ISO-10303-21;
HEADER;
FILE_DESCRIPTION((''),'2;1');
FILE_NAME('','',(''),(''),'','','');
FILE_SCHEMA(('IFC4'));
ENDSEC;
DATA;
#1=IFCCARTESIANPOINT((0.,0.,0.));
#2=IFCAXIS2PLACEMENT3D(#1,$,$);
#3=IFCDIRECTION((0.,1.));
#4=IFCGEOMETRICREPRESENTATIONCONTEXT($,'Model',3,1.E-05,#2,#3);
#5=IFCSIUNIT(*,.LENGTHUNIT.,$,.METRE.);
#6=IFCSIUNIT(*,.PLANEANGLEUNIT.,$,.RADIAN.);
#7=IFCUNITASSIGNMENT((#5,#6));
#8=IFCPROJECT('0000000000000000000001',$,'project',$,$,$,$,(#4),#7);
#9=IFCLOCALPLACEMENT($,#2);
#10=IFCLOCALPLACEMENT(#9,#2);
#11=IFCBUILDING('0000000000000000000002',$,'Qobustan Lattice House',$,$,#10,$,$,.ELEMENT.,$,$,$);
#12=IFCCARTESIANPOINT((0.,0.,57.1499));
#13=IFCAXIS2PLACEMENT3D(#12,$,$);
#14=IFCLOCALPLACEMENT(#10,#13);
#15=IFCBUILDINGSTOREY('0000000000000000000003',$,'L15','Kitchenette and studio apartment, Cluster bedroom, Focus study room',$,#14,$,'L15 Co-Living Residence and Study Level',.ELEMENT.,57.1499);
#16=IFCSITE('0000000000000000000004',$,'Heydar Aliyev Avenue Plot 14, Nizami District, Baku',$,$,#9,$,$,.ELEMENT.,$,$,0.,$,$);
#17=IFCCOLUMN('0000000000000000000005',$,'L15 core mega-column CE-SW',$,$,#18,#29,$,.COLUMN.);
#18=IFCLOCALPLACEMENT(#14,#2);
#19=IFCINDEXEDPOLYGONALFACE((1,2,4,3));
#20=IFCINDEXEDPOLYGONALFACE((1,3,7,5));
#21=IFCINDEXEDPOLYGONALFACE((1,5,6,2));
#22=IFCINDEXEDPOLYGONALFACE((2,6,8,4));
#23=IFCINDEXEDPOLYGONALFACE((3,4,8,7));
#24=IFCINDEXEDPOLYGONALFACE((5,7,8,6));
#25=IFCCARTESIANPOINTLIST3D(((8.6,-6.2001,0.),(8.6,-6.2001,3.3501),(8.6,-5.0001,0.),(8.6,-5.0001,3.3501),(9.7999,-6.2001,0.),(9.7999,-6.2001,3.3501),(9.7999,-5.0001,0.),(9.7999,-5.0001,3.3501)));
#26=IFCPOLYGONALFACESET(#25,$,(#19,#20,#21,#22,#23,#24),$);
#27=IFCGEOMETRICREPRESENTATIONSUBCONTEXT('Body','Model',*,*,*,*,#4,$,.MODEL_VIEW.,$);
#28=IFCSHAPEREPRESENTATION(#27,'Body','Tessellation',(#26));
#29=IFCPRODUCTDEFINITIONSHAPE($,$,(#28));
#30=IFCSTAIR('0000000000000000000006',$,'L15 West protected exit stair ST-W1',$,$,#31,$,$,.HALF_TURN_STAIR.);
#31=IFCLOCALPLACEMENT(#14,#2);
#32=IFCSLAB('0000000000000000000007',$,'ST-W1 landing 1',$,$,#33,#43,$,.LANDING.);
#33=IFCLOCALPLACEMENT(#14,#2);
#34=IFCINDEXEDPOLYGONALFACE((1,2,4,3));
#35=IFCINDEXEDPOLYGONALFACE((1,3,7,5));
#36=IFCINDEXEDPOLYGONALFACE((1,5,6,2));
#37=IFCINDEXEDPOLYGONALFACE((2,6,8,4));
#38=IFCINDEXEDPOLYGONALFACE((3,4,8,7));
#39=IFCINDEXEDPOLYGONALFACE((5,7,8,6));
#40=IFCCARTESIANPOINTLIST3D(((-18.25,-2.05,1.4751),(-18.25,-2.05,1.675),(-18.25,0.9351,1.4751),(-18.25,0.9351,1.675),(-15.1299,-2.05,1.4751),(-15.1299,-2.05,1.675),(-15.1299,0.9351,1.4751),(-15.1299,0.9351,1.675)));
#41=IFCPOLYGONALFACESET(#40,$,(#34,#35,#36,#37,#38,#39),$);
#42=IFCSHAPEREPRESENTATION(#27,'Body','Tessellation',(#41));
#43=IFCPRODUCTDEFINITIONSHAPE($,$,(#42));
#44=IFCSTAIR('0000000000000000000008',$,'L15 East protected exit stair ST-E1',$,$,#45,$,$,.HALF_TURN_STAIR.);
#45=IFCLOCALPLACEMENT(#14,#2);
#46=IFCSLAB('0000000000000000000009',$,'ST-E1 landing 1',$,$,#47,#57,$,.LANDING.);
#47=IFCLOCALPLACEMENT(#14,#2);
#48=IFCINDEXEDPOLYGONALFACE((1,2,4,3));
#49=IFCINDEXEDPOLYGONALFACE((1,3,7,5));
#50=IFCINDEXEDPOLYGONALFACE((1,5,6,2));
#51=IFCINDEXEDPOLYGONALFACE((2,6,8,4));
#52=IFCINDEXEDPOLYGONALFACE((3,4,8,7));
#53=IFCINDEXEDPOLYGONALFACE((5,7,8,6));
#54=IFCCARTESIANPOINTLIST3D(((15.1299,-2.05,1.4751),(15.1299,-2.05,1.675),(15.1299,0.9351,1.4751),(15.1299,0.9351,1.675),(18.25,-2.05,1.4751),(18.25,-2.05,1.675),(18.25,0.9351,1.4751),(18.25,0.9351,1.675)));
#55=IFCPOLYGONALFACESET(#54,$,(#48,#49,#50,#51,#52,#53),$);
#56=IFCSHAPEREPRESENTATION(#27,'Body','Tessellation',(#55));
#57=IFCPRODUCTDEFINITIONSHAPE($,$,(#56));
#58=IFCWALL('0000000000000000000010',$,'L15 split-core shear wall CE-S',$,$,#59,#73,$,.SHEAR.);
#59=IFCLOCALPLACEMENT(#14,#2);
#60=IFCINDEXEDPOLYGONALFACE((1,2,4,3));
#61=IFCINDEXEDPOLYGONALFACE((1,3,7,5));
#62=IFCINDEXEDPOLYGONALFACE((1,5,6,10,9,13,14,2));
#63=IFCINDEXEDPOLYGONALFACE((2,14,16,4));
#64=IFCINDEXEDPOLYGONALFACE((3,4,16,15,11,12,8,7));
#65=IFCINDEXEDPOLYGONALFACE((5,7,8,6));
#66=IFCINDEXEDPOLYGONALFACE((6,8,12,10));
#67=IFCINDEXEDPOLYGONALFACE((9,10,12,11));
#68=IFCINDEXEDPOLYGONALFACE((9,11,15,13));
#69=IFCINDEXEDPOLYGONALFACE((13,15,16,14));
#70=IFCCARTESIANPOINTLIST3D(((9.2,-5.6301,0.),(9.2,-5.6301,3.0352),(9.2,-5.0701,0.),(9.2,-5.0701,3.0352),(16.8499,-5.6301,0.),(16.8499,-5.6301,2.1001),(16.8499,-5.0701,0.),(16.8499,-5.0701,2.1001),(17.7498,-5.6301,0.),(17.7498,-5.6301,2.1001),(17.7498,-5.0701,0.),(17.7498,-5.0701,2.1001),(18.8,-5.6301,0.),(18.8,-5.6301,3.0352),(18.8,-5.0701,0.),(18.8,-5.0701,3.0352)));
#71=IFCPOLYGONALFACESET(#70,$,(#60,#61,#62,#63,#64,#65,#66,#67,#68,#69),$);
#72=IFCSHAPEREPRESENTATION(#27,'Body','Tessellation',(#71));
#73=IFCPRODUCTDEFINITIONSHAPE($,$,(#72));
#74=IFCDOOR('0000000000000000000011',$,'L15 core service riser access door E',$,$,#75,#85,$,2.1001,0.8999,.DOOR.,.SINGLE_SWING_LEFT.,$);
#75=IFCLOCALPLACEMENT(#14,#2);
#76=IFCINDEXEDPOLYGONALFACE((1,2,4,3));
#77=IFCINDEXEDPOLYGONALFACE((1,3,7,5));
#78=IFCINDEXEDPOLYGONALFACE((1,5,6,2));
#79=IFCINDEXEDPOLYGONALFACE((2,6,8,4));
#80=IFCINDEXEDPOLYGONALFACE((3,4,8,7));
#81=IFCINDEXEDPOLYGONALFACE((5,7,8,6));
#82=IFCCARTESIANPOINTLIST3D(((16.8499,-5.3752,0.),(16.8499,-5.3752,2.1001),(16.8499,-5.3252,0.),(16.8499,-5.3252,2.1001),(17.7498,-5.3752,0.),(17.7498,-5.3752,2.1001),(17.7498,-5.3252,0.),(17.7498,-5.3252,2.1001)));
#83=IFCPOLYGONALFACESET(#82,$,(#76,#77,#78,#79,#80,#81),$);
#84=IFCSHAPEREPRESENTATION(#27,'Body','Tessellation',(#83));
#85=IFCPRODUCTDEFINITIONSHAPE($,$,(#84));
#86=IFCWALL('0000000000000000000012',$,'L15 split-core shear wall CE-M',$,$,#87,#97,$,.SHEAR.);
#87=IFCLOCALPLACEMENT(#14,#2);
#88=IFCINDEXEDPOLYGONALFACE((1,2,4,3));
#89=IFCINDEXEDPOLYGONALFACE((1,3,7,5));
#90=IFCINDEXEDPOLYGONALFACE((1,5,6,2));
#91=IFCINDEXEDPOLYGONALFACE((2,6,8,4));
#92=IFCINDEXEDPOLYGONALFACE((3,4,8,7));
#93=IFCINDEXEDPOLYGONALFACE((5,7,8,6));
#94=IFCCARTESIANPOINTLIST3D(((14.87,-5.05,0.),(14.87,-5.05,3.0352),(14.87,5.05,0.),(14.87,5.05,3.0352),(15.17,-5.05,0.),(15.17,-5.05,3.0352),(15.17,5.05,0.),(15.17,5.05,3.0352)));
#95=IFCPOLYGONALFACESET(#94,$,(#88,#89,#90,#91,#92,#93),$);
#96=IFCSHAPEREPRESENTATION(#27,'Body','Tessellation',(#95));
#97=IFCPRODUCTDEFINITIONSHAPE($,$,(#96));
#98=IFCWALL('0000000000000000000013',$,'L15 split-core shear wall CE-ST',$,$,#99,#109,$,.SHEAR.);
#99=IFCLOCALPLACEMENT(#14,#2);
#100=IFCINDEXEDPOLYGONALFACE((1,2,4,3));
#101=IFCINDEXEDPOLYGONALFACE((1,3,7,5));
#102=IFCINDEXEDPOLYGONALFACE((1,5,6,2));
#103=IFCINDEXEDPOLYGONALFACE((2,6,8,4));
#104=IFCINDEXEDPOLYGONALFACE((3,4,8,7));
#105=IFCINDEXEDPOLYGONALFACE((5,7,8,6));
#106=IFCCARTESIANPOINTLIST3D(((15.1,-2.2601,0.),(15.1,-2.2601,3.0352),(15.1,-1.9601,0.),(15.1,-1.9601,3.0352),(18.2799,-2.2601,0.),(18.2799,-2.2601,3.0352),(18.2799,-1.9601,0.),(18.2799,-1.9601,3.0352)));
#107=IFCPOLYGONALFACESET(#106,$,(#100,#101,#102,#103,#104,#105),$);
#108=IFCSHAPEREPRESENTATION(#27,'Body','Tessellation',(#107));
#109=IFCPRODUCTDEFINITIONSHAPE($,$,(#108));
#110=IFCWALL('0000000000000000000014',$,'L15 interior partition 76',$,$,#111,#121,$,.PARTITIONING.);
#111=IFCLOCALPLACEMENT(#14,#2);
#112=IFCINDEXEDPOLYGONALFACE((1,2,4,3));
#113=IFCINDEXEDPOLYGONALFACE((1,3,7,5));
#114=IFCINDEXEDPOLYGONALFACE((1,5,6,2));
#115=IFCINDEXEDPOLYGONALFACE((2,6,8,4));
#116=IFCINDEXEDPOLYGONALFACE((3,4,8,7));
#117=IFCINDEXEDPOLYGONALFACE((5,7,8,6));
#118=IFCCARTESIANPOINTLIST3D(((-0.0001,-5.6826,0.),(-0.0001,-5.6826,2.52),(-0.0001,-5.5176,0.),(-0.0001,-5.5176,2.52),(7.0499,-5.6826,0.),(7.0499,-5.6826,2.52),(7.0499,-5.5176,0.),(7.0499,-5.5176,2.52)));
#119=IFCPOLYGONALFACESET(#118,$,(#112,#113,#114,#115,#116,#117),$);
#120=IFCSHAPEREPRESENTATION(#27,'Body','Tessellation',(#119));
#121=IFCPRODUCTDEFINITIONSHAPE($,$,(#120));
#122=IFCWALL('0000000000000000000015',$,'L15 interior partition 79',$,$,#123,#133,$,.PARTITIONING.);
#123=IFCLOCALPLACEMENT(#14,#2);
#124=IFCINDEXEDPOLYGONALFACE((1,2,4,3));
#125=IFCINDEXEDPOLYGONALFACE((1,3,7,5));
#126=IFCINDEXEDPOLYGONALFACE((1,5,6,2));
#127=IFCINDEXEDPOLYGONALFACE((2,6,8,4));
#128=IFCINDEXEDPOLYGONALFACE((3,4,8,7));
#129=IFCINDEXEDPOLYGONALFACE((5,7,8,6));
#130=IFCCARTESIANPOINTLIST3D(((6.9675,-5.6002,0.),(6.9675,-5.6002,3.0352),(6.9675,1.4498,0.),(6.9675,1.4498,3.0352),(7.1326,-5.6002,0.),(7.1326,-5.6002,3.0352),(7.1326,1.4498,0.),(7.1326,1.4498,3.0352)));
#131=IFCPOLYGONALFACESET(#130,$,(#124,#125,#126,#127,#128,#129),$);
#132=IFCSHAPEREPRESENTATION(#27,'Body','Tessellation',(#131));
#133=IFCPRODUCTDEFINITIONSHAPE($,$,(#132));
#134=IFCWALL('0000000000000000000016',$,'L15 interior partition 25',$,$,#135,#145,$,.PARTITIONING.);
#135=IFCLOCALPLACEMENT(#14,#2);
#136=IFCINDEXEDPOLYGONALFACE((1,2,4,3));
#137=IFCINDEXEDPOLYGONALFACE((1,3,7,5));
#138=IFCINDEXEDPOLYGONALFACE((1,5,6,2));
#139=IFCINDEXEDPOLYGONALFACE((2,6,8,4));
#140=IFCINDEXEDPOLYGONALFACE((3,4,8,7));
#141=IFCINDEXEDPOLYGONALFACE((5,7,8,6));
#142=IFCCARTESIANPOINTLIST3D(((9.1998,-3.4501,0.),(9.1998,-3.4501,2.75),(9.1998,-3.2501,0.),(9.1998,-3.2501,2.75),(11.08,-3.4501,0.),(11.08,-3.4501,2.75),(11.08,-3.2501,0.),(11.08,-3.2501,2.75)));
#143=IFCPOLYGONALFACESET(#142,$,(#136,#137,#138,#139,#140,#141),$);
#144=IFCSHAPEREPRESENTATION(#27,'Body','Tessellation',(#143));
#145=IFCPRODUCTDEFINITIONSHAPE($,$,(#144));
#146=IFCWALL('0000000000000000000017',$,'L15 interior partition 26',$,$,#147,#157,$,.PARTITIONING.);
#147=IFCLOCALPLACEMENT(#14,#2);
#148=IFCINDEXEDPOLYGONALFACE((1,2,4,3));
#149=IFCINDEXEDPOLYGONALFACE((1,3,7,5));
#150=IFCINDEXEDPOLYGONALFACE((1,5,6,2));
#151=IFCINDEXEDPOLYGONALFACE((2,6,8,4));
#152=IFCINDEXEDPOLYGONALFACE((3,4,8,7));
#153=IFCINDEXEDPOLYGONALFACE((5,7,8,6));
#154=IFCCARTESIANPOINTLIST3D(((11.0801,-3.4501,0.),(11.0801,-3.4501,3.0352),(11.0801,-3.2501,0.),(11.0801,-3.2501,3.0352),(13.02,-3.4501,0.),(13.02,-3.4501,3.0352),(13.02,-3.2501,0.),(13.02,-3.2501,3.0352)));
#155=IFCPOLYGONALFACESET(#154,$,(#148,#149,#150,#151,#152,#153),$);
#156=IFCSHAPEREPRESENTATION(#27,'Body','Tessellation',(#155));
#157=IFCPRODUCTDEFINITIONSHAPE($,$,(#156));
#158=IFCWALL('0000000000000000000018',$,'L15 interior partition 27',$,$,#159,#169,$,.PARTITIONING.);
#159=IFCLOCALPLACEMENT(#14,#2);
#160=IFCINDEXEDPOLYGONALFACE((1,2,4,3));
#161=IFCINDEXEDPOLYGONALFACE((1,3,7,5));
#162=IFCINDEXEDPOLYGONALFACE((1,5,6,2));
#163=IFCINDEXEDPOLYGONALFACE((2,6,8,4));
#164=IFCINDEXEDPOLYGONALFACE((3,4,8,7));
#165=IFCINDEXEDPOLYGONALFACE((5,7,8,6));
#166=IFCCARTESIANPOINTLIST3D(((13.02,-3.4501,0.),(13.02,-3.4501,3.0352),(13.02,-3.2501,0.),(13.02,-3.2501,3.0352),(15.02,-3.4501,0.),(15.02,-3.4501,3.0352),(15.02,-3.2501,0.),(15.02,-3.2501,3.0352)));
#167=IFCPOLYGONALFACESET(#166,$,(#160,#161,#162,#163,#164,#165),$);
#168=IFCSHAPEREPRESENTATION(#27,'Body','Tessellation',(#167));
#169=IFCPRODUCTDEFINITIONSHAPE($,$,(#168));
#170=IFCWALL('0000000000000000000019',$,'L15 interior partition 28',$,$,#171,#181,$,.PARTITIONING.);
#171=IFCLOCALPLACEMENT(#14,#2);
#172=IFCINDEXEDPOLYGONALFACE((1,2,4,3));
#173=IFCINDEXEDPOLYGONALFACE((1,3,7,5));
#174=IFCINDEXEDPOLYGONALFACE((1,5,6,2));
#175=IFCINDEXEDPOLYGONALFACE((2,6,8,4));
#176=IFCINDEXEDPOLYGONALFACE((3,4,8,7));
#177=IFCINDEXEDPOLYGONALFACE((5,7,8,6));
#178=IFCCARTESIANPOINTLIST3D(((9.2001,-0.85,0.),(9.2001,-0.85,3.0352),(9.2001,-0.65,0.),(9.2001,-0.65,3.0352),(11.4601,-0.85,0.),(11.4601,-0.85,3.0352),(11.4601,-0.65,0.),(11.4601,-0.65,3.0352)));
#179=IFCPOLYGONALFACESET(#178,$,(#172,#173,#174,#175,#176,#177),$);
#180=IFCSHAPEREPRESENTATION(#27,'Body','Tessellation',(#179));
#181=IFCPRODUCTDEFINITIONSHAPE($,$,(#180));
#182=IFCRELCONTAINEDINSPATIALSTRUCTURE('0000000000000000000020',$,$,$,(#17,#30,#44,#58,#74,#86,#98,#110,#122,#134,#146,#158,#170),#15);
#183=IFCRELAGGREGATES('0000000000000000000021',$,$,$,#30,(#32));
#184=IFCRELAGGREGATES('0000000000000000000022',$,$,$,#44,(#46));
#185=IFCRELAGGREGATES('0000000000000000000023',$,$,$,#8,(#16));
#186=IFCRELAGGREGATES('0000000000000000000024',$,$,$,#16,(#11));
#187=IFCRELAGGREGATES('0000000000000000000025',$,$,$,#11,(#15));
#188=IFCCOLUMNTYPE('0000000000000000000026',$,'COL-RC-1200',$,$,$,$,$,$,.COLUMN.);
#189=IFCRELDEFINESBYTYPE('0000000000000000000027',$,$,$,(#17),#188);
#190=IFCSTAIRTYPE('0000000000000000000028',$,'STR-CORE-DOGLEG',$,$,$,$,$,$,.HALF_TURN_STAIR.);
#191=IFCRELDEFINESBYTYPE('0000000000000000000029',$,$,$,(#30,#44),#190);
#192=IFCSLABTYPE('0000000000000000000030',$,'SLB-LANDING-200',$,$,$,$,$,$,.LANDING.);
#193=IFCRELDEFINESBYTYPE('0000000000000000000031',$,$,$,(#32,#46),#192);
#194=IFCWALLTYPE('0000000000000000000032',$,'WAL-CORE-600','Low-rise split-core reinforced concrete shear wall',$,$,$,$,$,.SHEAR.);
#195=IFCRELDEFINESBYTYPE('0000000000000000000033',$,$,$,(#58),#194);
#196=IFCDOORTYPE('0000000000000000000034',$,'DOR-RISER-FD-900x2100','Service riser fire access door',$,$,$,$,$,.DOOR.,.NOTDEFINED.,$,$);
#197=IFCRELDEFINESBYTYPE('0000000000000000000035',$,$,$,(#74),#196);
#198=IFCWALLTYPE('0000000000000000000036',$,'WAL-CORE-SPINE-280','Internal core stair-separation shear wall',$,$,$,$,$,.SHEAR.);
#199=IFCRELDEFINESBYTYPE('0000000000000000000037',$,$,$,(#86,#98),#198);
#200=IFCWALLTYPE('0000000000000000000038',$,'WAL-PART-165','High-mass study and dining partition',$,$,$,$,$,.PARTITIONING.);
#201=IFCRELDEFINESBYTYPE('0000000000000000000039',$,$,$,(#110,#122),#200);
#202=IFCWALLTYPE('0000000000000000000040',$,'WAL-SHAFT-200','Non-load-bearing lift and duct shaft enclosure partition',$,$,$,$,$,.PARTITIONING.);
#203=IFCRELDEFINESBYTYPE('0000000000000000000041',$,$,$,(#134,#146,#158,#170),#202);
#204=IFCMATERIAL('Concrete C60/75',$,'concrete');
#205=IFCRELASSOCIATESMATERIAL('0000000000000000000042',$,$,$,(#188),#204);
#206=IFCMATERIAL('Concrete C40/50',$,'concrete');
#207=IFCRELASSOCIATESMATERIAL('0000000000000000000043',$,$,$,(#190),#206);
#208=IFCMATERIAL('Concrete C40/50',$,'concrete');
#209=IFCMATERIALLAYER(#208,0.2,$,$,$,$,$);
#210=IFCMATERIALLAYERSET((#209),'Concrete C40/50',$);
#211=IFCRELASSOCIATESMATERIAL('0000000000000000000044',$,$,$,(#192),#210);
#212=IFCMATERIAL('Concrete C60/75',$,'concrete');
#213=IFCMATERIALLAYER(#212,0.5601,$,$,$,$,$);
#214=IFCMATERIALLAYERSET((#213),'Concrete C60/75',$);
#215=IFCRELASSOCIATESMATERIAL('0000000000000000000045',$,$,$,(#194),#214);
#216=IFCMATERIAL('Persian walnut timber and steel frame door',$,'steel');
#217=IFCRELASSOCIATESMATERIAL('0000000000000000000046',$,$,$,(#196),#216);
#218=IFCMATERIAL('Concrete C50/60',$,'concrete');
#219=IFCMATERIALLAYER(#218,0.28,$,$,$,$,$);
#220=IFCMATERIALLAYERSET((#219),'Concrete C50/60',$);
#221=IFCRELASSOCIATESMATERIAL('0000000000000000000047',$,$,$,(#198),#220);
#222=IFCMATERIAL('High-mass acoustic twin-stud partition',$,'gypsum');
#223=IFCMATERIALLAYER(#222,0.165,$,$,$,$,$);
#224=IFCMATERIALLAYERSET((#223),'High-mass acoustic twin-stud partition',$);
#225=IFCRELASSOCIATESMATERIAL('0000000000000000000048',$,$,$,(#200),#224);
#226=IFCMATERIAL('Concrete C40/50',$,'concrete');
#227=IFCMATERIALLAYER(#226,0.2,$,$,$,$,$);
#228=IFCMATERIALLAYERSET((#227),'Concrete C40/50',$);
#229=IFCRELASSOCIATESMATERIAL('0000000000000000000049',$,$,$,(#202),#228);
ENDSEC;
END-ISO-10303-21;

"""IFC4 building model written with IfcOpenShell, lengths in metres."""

from ifc_helpers import new_model, si_unit, direction, frame, frame_2d, origin, origin_2d, place, context, subcontext, project, spatial, polyline, rectangle, outline, extrude, material, layer, layer_set, material_profile, profile_set, type_object, element, fill, aggregate, save


model = new_model("IFC4")

# Units and contexts
model_context = context("Model", 3, precision=1e-05, world=origin(), true_north=direction((0.0, 1.0)))
body_context = subcontext(model_context, "Body", "Model", "MODEL_VIEW")
ifc_project = project(units=[si_unit("LENGTHUNIT", "METRE"), si_unit("PLANEANGLEUNIT", "RADIAN")], contexts=[model_context])

# Site, building, storey
site_placement = place(None, origin())
site = spatial("IfcSite", under=ifc_project, at=site_placement, Name="Heydar Aliyev Avenue Plot 14, Nizami District, Baku", CompositionType="ELEMENT", RefElevation=0.0)
building_placement = place(site_placement, origin())
building = spatial("IfcBuilding", under=site, at=building_placement, Name="Qobustan Lattice House", CompositionType="ELEMENT")
storey_placement = place(building_placement, frame((0.0, 0.0, 57.1499)))
storey = spatial("IfcBuildingStorey", under=building, at=storey_placement, Name="L15", Description="Kitchenette and studio apartment, Cluster bedroom, Focus study room", LongName="L15 Co-Living Residence and Study Level", CompositionType="ELEMENT", Elevation=57.1499)

# Column
ifc_material_1 = material(Name="Concrete C60/75", Category="concrete")
ifc_material_profile = material_profile(ifc_material_1, rectangle(XDim=1.2, YDim=1.2, at=origin_2d()), Name="RC1200x1200")
ifc_profile_set = profile_set([ifc_material_profile], Name="Concrete C60/75")
column_type = type_object("IfcColumnType", Name="COL-RC-1200", PredefinedType="COLUMN", material=ifc_profile_set)
column_placement = place(storey_placement, frame((9.2, -5.6001, 0.0), z_axis=(0.0, 0.0, 1.0), x_axis=(1.0, 0.0, 0.0)))
element("IfcColumn", 1, at=column_placement, inside=storey, type_object=column_type, Name="L15 core mega-column CE-SW", PredefinedType="COLUMN", context=body_context, shape_type="SweptSolid", body=[
    extrude(rectangle(XDim=1.2, YDim=1.2, at=origin_2d()), origin(), (0.0, 0.0, 1.0), 3.3501),
])

# Stairs, slabs
ifc_material_2 = material(Name="Concrete C40/50", Category="concrete")
stair_type = type_object("IfcStairType", Name="STR-CORE-DOGLEG", PredefinedType="HALF_TURN_STAIR", material=ifc_material_2)
stair_1_placement = place(storey_placement, origin())
stair_1 = element("IfcStair", 2, at=stair_1_placement, inside=storey, type_object=stair_type, Name="L15 West protected exit stair ST-W1", PredefinedType="HALF_TURN_STAIR")
ifc_material_3 = material(Name="Concrete C40/50", Category="concrete")
ifc_layer_1 = layer(ifc_material_3, 0.2)
ifc_layer_set_1 = layer_set([ifc_layer_1], Name="Concrete C40/50")
slab_type = type_object("IfcSlabType", Name="SLB-LANDING-200", PredefinedType="LANDING", material=ifc_layer_set_1)
slab_1_placement = place(storey_placement, frame((0.0, 0.0, 1.4751)))
slab_1 = element("IfcSlab", 3, at=slab_1_placement, type_object=slab_type, Name="ST-W1 landing 1", PredefinedType="LANDING", context=body_context, shape_type="SweptSolid", body=[
    extrude(outline(polyline([(-18.25, 0.9351), (-18.25, -2.05), (-15.1299, -2.05), (-15.1299, 0.9351), (-18.25, 0.9351)])), origin(), (0.0, 0.0, 1.0), 0.2),
])
aggregate(stair_1, [slab_1])
stair_2_placement = place(storey_placement, origin())
stair_2 = element("IfcStair", 4, at=stair_2_placement, inside=storey, type_object=stair_type, Name="L15 East protected exit stair ST-E1", PredefinedType="HALF_TURN_STAIR")
slab_2_placement = place(storey_placement, frame((0.0, 0.0, 1.4751)))
slab_2 = element("IfcSlab", 5, at=slab_2_placement, type_object=slab_type, Name="ST-E1 landing 1", PredefinedType="LANDING", context=body_context, shape_type="SweptSolid", body=[
    extrude(outline(polyline([(15.1299, 0.9351), (15.1299, -2.05), (18.25, -2.05), (18.25, 0.9351), (15.1299, 0.9351)])), origin(), (0.0, 0.0, 1.0), 0.2),
])
aggregate(stair_2, [slab_2])

# Wall, opening, door
ifc_material_4 = material(Name="Concrete C60/75", Category="concrete")
ifc_layer_2 = layer(ifc_material_4, 0.5601)
ifc_layer_set_2 = layer_set([ifc_layer_2], Name="Concrete C60/75")
wall_type_1 = type_object("IfcWallType", Name="WAL-CORE-600", Description="Low-rise split-core reinforced concrete shear wall", PredefinedType="SHEAR", material=ifc_layer_set_2)
wall_1_placement = place(storey_placement, frame((9.2, -5.3501, 0.0), z_axis=(0.0, 0.0, 1.0), x_axis=(1.0, 0.0, 0.0)))
wall_1 = element("IfcWall", 6, at=wall_1_placement, inside=storey, type_object=wall_type_1, Name="L15 split-core shear wall CE-S", PredefinedType="SHEAR", context=body_context, shape_type="SweptSolid", body=[
    extrude(rectangle(XDim=9.6001, YDim=0.5601, at=frame_2d((4.8, 0.0))), origin(), (0.0, 0.0, 1.0), 3.0352),
])
opening_1_placement = place(wall_1_placement, frame((7.6499, 0.0, 0.0)))
opening_1 = element("IfcOpeningElement", 7, at=opening_1_placement, cuts=wall_1, PredefinedType="OPENING", context=body_context, shape_type="SweptSolid", body=[
    extrude(rectangle(XDim=0.8999, YDim=2.1001, at=frame_2d((0.45, 1.05))), frame((0.0, 0.29, 0.0), z_axis=(0.0, -1.0, 0.0), x_axis=(1.0, 0.0, 0.0)), (0.0, 0.0, 1.0), 0.5801),
])
ifc_material_5 = material(Name="Persian walnut timber and steel frame door", Category="steel")
door_type_1 = type_object("IfcDoorType", Name="DOR-RISER-FD-900x2100", Description="Service riser fire access door", OperationType="NOTDEFINED", PredefinedType="DOOR", material=ifc_material_5)
door_1_placement = place(opening_1_placement, origin())
door_1 = element("IfcDoor", 8, at=door_1_placement, inside=storey, type_object=door_type_1, Name="L15 core service riser access door E", OperationType="SINGLE_SWING_LEFT", OverallHeight=2.1001, OverallWidth=0.8999, PredefinedType="DOOR", context=body_context, shape_type="SweptSolid", body=[
    extrude(rectangle(XDim=0.8999, YDim=2.1001, at=frame_2d((0.45, 1.05))), frame((0.0, 0.0249, 0.0), z_axis=(0.0, -1.0, 0.0), x_axis=(1.0, 0.0, 0.0)), (0.0, 0.0, 1.0), 0.05),
])
fill(opening_1, door_1)

# Walls
ifc_material_6 = material(Name="Concrete C50/60", Category="concrete")
ifc_layer_3 = layer(ifc_material_6, 0.28)
ifc_layer_set_3 = layer_set([ifc_layer_3], Name="Concrete C50/60")
wall_type_2 = type_object("IfcWallType", Name="WAL-CORE-SPINE-280", Description="Internal core stair-separation shear wall", PredefinedType="SHEAR", material=ifc_layer_set_3)
wall_2_placement = place(storey_placement, frame((15.02, -5.05, 0.0), z_axis=(0.0, 0.0, 1.0), x_axis=(0.0, 1.0, 0.0)))
element("IfcWall", 9, at=wall_2_placement, inside=storey, type_object=wall_type_2, Name="L15 split-core shear wall CE-M", PredefinedType="SHEAR", context=body_context, shape_type="SweptSolid", body=[
    extrude(rectangle(XDim=10.1001, YDim=0.3, at=frame_2d((5.05, 0.0))), origin(), (0.0, 0.0, 1.0), 3.0352),
])
wall_3_placement = place(storey_placement, frame((15.1001, -2.1101, 0.0), z_axis=(0.0, 0.0, 1.0), x_axis=(1.0, 0.0, 0.0)))
element("IfcWall", 10, at=wall_3_placement, inside=storey, type_object=wall_type_2, Name="L15 split-core shear wall CE-ST", PredefinedType="SHEAR", context=body_context, shape_type="SweptSolid", body=[
    extrude(rectangle(XDim=3.1799, YDim=0.3, at=frame_2d((1.5898, 0.0))), origin(), (0.0, 0.0, 1.0), 3.0352),
])
ifc_material_7 = material(Name="High-mass acoustic twin-stud partition", Category="gypsum")
ifc_layer_4 = layer(ifc_material_7, 0.165)
ifc_layer_set_4 = layer_set([ifc_layer_4], Name="High-mass acoustic twin-stud partition")
wall_type_3 = type_object("IfcWallType", Name="WAL-PART-165", Description="High-mass study and dining partition", PredefinedType="PARTITIONING", material=ifc_layer_set_4)
wall_4_placement = place(storey_placement, frame((0.0, -5.6001, 0.0), z_axis=(0.0, 0.0, 1.0), x_axis=(1.0, 0.0, 0.0)))
element("IfcWall", 11, at=wall_4_placement, inside=storey, type_object=wall_type_3, Name="L15 interior partition 76", PredefinedType="PARTITIONING", context=body_context, shape_type="SweptSolid", body=[
    extrude(rectangle(XDim=7.05, YDim=0.165, at=frame_2d((3.5249, 0.0))), origin(), (0.0, 0.0, 1.0), 2.52),
])
wall_5_placement = place(storey_placement, frame((7.05, -5.6001, 0.0), z_axis=(0.0, 0.0, 1.0), x_axis=(0.0, 1.0, 0.0)))
element("IfcWall", 12, at=wall_5_placement, inside=storey, type_object=wall_type_3, Name="L15 interior partition 79", PredefinedType="PARTITIONING", context=body_context, shape_type="SweptSolid", body=[
    extrude(rectangle(XDim=7.05, YDim=0.165, at=frame_2d((3.5249, 0.0))), origin(), (0.0, 0.0, 1.0), 3.0352),
])
ifc_material_8 = material(Name="Concrete C40/50", Category="concrete")
ifc_layer_5 = layer(ifc_material_8, 0.2)
ifc_layer_set_5 = layer_set([ifc_layer_5], Name="Concrete C40/50")
wall_type_4 = type_object("IfcWallType", Name="WAL-SHAFT-200", Description="Non-load-bearing lift and duct shaft enclosure partition", PredefinedType="PARTITIONING", material=ifc_layer_set_5)
wall_6_placement = place(storey_placement, frame((9.2, -3.3501, 0.0), z_axis=(0.0, 0.0, 1.0), x_axis=(1.0, 0.0, 0.0)))
element("IfcWall", 13, at=wall_6_placement, inside=storey, type_object=wall_type_4, Name="L15 interior partition 25", PredefinedType="PARTITIONING", context=body_context, shape_type="SweptSolid", body=[
    extrude(rectangle(XDim=1.8801, YDim=0.2, at=frame_2d((0.9399, 0.0))), origin(), (0.0, 0.0, 1.0), 2.75),
])
wall_7_placement = place(storey_placement, frame((11.0801, -3.3501, 0.0), z_axis=(0.0, 0.0, 1.0), x_axis=(1.0, 0.0, 0.0)))
element("IfcWall", 14, at=wall_7_placement, inside=storey, type_object=wall_type_4, Name="L15 interior partition 26", PredefinedType="PARTITIONING", context=body_context, shape_type="SweptSolid", body=[
    extrude(rectangle(XDim=1.9399, YDim=0.2, at=frame_2d((0.97, 0.0))), origin(), (0.0, 0.0, 1.0), 3.0352),
])
wall_8_placement = place(storey_placement, frame((13.02, -3.3501, 0.0), z_axis=(0.0, 0.0, 1.0), x_axis=(1.0, 0.0, 0.0)))
element("IfcWall", 15, at=wall_8_placement, inside=storey, type_object=wall_type_4, Name="L15 interior partition 27", PredefinedType="PARTITIONING", context=body_context, shape_type="SweptSolid", body=[
    extrude(rectangle(XDim=2.0, YDim=0.2, at=frame_2d((1.0, 0.0))), origin(), (0.0, 0.0, 1.0), 3.0352),
])
wall_9_placement = place(storey_placement, frame((11.46, -0.75, 0.0), z_axis=(0.0, 0.0, 1.0), x_axis=(-1.0, 0.0, 0.0)))
element("IfcWall", 16, at=wall_9_placement, inside=storey, type_object=wall_type_4, Name="L15 interior partition 28", PredefinedType="PARTITIONING", context=body_context, shape_type="SweptSolid", body=[
    extrude(rectangle(XDim=2.26, YDim=0.2, at=frame_2d((1.1299, 0.0))), origin(), (0.0, 0.0, 1.0), 3.0352),
])

save(model, "model.ifc")
